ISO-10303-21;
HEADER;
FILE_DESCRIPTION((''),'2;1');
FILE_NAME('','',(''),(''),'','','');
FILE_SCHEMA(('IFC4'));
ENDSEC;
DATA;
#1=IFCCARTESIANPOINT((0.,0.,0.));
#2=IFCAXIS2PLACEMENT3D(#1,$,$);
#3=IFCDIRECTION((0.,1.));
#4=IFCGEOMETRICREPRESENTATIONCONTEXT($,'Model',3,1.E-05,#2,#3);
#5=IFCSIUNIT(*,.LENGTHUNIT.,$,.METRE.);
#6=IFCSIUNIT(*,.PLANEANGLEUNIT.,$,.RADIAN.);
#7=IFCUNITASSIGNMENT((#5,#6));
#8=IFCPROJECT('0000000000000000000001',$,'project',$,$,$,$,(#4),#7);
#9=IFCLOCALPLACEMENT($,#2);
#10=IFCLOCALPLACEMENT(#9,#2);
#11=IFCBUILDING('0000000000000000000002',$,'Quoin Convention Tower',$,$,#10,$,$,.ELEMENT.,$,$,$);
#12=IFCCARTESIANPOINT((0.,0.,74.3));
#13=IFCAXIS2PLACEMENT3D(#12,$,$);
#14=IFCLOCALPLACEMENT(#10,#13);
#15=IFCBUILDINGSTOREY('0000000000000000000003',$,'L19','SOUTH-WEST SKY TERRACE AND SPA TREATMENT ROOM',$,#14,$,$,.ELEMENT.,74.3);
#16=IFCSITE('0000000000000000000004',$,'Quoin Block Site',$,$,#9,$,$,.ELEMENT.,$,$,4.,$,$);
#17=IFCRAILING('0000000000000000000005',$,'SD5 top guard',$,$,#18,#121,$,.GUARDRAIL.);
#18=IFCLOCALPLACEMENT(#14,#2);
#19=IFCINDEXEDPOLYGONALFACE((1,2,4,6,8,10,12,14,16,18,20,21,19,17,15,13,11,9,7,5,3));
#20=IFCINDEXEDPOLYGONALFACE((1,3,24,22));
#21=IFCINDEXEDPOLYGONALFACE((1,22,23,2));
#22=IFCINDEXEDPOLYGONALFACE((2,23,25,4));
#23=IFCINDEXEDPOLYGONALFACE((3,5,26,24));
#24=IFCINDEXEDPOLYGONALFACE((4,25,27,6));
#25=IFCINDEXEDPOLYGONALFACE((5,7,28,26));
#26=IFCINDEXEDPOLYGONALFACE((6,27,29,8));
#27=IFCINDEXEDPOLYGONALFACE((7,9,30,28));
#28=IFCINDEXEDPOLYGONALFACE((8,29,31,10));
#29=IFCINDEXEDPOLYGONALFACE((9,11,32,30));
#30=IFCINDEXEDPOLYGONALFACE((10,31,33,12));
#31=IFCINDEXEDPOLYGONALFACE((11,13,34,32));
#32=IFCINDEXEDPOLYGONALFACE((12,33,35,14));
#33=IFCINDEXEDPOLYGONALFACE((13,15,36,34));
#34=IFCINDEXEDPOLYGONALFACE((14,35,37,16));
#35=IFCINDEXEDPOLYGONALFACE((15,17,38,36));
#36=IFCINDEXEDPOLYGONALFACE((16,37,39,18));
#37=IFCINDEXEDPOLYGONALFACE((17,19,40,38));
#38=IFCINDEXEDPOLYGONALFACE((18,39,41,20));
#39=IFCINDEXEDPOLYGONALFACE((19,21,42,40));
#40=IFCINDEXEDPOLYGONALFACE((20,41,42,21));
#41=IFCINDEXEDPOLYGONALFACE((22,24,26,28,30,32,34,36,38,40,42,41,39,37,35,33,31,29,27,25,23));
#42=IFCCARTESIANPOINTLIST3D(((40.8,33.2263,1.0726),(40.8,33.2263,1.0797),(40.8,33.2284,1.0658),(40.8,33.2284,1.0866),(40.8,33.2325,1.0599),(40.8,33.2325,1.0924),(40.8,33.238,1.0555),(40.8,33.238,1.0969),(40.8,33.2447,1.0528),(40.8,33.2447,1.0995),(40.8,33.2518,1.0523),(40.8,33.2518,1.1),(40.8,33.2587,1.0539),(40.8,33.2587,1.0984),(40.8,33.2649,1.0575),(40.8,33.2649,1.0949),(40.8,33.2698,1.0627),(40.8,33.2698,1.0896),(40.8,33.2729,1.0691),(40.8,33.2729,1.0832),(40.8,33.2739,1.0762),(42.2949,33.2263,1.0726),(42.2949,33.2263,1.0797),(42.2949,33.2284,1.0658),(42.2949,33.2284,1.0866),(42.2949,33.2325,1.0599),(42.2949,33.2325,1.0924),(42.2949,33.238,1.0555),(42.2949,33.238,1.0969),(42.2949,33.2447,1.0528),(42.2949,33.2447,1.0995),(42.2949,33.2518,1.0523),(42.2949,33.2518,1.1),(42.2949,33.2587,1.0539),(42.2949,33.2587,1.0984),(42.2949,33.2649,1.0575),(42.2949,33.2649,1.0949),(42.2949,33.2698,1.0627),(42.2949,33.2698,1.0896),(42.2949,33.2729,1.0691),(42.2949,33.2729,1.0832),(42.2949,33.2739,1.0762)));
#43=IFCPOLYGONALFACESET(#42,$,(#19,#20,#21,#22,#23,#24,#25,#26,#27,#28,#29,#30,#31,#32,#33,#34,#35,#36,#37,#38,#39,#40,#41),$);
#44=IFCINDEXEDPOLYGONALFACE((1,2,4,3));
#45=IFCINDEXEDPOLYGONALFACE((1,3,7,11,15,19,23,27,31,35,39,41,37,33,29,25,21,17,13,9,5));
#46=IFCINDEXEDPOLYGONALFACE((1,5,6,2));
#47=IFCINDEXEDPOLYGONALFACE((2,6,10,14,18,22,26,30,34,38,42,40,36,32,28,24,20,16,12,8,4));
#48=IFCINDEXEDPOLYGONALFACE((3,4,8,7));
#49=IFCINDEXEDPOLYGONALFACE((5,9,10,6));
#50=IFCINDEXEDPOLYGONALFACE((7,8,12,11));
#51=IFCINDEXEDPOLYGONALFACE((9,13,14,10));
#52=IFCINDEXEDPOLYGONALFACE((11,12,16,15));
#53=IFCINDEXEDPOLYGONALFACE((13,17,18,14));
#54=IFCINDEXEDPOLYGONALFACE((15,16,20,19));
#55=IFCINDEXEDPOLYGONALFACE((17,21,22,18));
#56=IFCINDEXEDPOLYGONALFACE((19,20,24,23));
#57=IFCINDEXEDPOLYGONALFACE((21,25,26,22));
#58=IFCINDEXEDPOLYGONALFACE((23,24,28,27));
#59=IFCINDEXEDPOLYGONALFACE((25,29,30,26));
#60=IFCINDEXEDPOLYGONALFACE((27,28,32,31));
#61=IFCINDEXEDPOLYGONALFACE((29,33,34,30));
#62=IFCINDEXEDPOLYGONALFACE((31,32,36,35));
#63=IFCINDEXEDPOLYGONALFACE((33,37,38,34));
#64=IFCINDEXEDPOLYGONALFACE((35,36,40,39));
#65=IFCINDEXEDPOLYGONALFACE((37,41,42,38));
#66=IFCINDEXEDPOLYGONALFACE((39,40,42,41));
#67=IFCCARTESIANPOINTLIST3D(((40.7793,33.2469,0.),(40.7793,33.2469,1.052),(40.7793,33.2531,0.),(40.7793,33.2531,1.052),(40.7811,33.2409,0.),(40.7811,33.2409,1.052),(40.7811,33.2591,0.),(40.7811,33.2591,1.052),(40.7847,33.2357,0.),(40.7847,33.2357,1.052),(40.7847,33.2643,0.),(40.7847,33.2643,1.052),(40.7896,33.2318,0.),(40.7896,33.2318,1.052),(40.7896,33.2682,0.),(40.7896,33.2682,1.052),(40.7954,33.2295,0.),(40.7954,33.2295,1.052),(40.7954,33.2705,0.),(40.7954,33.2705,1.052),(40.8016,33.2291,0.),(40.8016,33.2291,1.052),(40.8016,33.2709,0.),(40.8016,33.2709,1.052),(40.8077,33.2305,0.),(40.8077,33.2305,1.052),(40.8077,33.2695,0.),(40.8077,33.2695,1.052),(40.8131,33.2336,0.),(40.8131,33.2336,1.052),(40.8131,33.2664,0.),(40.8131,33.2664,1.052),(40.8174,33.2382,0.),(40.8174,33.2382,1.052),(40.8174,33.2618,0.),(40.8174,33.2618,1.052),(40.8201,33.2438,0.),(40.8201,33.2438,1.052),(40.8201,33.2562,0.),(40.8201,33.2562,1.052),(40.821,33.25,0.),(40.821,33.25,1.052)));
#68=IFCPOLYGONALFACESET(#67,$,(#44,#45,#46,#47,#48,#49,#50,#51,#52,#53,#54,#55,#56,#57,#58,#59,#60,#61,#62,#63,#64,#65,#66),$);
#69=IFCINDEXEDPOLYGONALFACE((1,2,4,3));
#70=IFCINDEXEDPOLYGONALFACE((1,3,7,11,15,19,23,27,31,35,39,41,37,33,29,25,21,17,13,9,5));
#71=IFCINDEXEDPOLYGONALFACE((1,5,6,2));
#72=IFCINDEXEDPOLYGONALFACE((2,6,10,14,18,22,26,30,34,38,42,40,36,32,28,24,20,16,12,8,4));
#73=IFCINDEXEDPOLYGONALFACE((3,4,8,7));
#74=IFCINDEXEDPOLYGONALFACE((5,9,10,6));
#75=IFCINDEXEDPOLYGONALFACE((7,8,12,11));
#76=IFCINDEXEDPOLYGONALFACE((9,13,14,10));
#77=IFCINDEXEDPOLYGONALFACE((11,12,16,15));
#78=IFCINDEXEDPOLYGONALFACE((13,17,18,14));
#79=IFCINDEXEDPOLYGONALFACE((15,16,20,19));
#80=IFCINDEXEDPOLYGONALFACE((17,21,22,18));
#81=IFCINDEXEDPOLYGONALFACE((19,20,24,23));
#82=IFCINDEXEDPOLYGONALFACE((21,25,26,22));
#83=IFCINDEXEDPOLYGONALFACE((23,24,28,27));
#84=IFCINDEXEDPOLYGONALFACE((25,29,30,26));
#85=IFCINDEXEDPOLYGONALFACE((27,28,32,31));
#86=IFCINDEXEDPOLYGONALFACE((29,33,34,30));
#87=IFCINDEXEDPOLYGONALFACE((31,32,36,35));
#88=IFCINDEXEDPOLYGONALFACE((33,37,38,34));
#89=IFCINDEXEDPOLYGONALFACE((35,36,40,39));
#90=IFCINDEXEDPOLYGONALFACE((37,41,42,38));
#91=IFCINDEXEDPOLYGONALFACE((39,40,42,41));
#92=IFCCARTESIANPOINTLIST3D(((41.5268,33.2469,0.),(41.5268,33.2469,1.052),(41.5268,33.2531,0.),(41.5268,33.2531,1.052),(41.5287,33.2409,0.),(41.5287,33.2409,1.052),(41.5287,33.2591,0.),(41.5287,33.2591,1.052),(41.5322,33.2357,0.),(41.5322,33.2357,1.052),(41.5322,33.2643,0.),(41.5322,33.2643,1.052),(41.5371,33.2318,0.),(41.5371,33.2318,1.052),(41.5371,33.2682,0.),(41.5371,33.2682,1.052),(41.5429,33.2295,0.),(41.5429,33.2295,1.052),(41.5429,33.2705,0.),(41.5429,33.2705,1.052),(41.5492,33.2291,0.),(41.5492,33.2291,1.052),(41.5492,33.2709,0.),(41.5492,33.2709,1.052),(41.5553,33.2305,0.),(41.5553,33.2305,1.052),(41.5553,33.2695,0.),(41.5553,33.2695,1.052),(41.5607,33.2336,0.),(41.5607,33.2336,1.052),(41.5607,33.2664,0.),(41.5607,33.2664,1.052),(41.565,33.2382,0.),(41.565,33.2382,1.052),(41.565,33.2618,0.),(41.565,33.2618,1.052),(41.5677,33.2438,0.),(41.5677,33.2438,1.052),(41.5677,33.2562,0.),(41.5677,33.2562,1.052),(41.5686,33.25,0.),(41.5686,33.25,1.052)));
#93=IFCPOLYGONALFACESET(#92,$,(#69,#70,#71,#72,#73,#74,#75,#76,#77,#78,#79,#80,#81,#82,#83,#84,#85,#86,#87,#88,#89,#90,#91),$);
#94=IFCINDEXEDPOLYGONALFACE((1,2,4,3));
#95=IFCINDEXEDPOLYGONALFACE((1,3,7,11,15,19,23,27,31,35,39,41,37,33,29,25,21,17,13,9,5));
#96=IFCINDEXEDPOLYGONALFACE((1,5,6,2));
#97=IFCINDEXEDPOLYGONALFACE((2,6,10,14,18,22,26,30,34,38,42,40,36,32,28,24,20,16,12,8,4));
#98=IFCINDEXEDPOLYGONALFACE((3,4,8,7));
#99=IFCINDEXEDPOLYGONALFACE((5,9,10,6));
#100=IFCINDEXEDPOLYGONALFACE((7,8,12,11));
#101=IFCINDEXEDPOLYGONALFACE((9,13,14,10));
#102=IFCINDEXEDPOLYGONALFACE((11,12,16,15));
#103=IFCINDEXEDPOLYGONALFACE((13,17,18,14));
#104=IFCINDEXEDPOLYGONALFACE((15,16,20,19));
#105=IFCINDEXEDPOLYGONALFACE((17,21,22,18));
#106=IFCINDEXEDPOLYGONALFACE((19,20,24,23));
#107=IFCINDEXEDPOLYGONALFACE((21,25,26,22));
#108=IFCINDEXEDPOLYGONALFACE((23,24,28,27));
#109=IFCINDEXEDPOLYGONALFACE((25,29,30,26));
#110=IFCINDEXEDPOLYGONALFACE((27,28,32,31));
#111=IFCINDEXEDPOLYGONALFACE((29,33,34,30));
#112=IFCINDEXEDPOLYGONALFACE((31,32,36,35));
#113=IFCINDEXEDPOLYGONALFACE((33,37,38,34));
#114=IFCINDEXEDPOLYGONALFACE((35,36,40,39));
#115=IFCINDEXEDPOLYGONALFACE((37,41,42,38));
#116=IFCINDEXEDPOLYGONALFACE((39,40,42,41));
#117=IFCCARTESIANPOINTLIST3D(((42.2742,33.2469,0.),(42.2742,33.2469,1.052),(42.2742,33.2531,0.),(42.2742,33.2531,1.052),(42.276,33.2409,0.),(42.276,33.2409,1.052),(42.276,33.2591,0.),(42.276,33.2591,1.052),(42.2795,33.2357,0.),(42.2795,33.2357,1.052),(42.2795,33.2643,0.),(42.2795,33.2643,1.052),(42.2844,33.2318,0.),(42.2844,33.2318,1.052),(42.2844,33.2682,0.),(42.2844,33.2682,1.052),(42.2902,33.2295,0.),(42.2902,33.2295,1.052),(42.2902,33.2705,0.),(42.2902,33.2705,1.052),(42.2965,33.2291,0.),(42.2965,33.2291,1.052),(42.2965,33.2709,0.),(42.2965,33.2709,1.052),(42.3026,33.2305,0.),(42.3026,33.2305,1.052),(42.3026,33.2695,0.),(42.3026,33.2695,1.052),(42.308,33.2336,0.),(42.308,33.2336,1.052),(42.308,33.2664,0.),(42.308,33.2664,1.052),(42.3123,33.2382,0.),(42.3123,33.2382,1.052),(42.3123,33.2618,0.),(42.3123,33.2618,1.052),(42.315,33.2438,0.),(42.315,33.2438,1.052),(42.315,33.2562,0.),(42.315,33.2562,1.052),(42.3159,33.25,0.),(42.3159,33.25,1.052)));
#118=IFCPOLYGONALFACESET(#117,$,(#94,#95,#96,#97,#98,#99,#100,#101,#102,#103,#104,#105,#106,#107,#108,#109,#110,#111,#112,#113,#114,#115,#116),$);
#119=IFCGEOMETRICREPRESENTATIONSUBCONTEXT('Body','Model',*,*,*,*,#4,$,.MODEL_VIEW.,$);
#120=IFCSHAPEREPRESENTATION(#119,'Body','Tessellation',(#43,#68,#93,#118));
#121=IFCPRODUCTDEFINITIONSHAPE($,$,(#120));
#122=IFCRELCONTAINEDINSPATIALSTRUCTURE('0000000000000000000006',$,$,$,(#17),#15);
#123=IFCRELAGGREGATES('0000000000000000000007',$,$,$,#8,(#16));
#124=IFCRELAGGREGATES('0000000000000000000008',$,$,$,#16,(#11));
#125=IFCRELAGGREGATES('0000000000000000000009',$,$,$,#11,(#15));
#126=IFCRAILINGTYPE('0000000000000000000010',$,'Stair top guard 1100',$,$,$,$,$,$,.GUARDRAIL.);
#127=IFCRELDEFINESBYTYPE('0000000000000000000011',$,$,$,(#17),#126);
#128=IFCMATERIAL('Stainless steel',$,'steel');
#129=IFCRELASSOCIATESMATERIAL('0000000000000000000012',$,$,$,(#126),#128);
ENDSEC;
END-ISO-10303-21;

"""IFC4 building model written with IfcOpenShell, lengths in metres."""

from ifc_helpers import new_model, si_unit, direction, frame, origin, origin_2d, place, context, subcontext, project, spatial, circle, extrude, material, type_object, element, save


model = new_model("IFC4")

# Units and contexts
model_context = context("Model", 3, precision=1e-05, world=origin(), true_north=direction((0.0, 1.0)))
body_context = subcontext(model_context, "Body", "Model", "MODEL_VIEW")
ifc_project = project(units=[si_unit("LENGTHUNIT", "METRE"), si_unit("PLANEANGLEUNIT", "RADIAN")], contexts=[model_context])

# Site, building, storey
site_placement = place(None, origin())
site = spatial("IfcSite", under=ifc_project, at=site_placement, Name="Quoin Block Site", CompositionType="ELEMENT", RefElevation=4.0)
building_placement = place(site_placement, origin())
building = spatial("IfcBuilding", under=site, at=building_placement, Name="Quoin Convention Tower", CompositionType="ELEMENT")
storey_placement = place(building_placement, frame((0.0, 0.0, 74.3)))
storey = spatial("IfcBuildingStorey", under=building, at=storey_placement, Name="L19", Description="SOUTH-WEST SKY TERRACE AND SPA TREATMENT ROOM", CompositionType="ELEMENT", Elevation=74.3)

# Railing
ifc_material_1 = material(Name="Stainless steel", Category="steel")
railing_type_1 = type_object("IfcRailingType", Name="Stair top guard 1100", PredefinedType="GUARDRAIL", material=ifc_material_1)
railing_1_placement = place(storey_placement, frame((40.8, 33.25, 0.0)))
element("IfcRailing", 1, at=railing_1_placement, inside=storey, type_object=railing_type_1, Name="SD5 top guard", PredefinedType="GUARDRAIL", context=body_context, shape_type="SweptSolid", body=[
    extrude(circle(Radius=0.0239, at=origin_2d()), frame((0.0, 0.0, 1.0762), z_axis=(1.0, 0.0, 0.0), x_axis=(0.0, 1.0, 0.0)), (0.0, 0.0, 1.0), 1.4949),
    extrude(circle(Radius=0.021, at=origin_2d()), origin(), (0.0, 0.0, 1.0), 1.052),
    extrude(circle(Radius=0.021, at=origin_2d()), frame((0.7476, 0.0, 0.0)), (0.0, 0.0, 1.0), 1.052),
    extrude(circle(Radius=0.021, at=origin_2d()), frame((1.4949, 0.0, 0.0)), (0.0, 0.0, 1.0), 1.052),
])

save(model, "model.ifc")
